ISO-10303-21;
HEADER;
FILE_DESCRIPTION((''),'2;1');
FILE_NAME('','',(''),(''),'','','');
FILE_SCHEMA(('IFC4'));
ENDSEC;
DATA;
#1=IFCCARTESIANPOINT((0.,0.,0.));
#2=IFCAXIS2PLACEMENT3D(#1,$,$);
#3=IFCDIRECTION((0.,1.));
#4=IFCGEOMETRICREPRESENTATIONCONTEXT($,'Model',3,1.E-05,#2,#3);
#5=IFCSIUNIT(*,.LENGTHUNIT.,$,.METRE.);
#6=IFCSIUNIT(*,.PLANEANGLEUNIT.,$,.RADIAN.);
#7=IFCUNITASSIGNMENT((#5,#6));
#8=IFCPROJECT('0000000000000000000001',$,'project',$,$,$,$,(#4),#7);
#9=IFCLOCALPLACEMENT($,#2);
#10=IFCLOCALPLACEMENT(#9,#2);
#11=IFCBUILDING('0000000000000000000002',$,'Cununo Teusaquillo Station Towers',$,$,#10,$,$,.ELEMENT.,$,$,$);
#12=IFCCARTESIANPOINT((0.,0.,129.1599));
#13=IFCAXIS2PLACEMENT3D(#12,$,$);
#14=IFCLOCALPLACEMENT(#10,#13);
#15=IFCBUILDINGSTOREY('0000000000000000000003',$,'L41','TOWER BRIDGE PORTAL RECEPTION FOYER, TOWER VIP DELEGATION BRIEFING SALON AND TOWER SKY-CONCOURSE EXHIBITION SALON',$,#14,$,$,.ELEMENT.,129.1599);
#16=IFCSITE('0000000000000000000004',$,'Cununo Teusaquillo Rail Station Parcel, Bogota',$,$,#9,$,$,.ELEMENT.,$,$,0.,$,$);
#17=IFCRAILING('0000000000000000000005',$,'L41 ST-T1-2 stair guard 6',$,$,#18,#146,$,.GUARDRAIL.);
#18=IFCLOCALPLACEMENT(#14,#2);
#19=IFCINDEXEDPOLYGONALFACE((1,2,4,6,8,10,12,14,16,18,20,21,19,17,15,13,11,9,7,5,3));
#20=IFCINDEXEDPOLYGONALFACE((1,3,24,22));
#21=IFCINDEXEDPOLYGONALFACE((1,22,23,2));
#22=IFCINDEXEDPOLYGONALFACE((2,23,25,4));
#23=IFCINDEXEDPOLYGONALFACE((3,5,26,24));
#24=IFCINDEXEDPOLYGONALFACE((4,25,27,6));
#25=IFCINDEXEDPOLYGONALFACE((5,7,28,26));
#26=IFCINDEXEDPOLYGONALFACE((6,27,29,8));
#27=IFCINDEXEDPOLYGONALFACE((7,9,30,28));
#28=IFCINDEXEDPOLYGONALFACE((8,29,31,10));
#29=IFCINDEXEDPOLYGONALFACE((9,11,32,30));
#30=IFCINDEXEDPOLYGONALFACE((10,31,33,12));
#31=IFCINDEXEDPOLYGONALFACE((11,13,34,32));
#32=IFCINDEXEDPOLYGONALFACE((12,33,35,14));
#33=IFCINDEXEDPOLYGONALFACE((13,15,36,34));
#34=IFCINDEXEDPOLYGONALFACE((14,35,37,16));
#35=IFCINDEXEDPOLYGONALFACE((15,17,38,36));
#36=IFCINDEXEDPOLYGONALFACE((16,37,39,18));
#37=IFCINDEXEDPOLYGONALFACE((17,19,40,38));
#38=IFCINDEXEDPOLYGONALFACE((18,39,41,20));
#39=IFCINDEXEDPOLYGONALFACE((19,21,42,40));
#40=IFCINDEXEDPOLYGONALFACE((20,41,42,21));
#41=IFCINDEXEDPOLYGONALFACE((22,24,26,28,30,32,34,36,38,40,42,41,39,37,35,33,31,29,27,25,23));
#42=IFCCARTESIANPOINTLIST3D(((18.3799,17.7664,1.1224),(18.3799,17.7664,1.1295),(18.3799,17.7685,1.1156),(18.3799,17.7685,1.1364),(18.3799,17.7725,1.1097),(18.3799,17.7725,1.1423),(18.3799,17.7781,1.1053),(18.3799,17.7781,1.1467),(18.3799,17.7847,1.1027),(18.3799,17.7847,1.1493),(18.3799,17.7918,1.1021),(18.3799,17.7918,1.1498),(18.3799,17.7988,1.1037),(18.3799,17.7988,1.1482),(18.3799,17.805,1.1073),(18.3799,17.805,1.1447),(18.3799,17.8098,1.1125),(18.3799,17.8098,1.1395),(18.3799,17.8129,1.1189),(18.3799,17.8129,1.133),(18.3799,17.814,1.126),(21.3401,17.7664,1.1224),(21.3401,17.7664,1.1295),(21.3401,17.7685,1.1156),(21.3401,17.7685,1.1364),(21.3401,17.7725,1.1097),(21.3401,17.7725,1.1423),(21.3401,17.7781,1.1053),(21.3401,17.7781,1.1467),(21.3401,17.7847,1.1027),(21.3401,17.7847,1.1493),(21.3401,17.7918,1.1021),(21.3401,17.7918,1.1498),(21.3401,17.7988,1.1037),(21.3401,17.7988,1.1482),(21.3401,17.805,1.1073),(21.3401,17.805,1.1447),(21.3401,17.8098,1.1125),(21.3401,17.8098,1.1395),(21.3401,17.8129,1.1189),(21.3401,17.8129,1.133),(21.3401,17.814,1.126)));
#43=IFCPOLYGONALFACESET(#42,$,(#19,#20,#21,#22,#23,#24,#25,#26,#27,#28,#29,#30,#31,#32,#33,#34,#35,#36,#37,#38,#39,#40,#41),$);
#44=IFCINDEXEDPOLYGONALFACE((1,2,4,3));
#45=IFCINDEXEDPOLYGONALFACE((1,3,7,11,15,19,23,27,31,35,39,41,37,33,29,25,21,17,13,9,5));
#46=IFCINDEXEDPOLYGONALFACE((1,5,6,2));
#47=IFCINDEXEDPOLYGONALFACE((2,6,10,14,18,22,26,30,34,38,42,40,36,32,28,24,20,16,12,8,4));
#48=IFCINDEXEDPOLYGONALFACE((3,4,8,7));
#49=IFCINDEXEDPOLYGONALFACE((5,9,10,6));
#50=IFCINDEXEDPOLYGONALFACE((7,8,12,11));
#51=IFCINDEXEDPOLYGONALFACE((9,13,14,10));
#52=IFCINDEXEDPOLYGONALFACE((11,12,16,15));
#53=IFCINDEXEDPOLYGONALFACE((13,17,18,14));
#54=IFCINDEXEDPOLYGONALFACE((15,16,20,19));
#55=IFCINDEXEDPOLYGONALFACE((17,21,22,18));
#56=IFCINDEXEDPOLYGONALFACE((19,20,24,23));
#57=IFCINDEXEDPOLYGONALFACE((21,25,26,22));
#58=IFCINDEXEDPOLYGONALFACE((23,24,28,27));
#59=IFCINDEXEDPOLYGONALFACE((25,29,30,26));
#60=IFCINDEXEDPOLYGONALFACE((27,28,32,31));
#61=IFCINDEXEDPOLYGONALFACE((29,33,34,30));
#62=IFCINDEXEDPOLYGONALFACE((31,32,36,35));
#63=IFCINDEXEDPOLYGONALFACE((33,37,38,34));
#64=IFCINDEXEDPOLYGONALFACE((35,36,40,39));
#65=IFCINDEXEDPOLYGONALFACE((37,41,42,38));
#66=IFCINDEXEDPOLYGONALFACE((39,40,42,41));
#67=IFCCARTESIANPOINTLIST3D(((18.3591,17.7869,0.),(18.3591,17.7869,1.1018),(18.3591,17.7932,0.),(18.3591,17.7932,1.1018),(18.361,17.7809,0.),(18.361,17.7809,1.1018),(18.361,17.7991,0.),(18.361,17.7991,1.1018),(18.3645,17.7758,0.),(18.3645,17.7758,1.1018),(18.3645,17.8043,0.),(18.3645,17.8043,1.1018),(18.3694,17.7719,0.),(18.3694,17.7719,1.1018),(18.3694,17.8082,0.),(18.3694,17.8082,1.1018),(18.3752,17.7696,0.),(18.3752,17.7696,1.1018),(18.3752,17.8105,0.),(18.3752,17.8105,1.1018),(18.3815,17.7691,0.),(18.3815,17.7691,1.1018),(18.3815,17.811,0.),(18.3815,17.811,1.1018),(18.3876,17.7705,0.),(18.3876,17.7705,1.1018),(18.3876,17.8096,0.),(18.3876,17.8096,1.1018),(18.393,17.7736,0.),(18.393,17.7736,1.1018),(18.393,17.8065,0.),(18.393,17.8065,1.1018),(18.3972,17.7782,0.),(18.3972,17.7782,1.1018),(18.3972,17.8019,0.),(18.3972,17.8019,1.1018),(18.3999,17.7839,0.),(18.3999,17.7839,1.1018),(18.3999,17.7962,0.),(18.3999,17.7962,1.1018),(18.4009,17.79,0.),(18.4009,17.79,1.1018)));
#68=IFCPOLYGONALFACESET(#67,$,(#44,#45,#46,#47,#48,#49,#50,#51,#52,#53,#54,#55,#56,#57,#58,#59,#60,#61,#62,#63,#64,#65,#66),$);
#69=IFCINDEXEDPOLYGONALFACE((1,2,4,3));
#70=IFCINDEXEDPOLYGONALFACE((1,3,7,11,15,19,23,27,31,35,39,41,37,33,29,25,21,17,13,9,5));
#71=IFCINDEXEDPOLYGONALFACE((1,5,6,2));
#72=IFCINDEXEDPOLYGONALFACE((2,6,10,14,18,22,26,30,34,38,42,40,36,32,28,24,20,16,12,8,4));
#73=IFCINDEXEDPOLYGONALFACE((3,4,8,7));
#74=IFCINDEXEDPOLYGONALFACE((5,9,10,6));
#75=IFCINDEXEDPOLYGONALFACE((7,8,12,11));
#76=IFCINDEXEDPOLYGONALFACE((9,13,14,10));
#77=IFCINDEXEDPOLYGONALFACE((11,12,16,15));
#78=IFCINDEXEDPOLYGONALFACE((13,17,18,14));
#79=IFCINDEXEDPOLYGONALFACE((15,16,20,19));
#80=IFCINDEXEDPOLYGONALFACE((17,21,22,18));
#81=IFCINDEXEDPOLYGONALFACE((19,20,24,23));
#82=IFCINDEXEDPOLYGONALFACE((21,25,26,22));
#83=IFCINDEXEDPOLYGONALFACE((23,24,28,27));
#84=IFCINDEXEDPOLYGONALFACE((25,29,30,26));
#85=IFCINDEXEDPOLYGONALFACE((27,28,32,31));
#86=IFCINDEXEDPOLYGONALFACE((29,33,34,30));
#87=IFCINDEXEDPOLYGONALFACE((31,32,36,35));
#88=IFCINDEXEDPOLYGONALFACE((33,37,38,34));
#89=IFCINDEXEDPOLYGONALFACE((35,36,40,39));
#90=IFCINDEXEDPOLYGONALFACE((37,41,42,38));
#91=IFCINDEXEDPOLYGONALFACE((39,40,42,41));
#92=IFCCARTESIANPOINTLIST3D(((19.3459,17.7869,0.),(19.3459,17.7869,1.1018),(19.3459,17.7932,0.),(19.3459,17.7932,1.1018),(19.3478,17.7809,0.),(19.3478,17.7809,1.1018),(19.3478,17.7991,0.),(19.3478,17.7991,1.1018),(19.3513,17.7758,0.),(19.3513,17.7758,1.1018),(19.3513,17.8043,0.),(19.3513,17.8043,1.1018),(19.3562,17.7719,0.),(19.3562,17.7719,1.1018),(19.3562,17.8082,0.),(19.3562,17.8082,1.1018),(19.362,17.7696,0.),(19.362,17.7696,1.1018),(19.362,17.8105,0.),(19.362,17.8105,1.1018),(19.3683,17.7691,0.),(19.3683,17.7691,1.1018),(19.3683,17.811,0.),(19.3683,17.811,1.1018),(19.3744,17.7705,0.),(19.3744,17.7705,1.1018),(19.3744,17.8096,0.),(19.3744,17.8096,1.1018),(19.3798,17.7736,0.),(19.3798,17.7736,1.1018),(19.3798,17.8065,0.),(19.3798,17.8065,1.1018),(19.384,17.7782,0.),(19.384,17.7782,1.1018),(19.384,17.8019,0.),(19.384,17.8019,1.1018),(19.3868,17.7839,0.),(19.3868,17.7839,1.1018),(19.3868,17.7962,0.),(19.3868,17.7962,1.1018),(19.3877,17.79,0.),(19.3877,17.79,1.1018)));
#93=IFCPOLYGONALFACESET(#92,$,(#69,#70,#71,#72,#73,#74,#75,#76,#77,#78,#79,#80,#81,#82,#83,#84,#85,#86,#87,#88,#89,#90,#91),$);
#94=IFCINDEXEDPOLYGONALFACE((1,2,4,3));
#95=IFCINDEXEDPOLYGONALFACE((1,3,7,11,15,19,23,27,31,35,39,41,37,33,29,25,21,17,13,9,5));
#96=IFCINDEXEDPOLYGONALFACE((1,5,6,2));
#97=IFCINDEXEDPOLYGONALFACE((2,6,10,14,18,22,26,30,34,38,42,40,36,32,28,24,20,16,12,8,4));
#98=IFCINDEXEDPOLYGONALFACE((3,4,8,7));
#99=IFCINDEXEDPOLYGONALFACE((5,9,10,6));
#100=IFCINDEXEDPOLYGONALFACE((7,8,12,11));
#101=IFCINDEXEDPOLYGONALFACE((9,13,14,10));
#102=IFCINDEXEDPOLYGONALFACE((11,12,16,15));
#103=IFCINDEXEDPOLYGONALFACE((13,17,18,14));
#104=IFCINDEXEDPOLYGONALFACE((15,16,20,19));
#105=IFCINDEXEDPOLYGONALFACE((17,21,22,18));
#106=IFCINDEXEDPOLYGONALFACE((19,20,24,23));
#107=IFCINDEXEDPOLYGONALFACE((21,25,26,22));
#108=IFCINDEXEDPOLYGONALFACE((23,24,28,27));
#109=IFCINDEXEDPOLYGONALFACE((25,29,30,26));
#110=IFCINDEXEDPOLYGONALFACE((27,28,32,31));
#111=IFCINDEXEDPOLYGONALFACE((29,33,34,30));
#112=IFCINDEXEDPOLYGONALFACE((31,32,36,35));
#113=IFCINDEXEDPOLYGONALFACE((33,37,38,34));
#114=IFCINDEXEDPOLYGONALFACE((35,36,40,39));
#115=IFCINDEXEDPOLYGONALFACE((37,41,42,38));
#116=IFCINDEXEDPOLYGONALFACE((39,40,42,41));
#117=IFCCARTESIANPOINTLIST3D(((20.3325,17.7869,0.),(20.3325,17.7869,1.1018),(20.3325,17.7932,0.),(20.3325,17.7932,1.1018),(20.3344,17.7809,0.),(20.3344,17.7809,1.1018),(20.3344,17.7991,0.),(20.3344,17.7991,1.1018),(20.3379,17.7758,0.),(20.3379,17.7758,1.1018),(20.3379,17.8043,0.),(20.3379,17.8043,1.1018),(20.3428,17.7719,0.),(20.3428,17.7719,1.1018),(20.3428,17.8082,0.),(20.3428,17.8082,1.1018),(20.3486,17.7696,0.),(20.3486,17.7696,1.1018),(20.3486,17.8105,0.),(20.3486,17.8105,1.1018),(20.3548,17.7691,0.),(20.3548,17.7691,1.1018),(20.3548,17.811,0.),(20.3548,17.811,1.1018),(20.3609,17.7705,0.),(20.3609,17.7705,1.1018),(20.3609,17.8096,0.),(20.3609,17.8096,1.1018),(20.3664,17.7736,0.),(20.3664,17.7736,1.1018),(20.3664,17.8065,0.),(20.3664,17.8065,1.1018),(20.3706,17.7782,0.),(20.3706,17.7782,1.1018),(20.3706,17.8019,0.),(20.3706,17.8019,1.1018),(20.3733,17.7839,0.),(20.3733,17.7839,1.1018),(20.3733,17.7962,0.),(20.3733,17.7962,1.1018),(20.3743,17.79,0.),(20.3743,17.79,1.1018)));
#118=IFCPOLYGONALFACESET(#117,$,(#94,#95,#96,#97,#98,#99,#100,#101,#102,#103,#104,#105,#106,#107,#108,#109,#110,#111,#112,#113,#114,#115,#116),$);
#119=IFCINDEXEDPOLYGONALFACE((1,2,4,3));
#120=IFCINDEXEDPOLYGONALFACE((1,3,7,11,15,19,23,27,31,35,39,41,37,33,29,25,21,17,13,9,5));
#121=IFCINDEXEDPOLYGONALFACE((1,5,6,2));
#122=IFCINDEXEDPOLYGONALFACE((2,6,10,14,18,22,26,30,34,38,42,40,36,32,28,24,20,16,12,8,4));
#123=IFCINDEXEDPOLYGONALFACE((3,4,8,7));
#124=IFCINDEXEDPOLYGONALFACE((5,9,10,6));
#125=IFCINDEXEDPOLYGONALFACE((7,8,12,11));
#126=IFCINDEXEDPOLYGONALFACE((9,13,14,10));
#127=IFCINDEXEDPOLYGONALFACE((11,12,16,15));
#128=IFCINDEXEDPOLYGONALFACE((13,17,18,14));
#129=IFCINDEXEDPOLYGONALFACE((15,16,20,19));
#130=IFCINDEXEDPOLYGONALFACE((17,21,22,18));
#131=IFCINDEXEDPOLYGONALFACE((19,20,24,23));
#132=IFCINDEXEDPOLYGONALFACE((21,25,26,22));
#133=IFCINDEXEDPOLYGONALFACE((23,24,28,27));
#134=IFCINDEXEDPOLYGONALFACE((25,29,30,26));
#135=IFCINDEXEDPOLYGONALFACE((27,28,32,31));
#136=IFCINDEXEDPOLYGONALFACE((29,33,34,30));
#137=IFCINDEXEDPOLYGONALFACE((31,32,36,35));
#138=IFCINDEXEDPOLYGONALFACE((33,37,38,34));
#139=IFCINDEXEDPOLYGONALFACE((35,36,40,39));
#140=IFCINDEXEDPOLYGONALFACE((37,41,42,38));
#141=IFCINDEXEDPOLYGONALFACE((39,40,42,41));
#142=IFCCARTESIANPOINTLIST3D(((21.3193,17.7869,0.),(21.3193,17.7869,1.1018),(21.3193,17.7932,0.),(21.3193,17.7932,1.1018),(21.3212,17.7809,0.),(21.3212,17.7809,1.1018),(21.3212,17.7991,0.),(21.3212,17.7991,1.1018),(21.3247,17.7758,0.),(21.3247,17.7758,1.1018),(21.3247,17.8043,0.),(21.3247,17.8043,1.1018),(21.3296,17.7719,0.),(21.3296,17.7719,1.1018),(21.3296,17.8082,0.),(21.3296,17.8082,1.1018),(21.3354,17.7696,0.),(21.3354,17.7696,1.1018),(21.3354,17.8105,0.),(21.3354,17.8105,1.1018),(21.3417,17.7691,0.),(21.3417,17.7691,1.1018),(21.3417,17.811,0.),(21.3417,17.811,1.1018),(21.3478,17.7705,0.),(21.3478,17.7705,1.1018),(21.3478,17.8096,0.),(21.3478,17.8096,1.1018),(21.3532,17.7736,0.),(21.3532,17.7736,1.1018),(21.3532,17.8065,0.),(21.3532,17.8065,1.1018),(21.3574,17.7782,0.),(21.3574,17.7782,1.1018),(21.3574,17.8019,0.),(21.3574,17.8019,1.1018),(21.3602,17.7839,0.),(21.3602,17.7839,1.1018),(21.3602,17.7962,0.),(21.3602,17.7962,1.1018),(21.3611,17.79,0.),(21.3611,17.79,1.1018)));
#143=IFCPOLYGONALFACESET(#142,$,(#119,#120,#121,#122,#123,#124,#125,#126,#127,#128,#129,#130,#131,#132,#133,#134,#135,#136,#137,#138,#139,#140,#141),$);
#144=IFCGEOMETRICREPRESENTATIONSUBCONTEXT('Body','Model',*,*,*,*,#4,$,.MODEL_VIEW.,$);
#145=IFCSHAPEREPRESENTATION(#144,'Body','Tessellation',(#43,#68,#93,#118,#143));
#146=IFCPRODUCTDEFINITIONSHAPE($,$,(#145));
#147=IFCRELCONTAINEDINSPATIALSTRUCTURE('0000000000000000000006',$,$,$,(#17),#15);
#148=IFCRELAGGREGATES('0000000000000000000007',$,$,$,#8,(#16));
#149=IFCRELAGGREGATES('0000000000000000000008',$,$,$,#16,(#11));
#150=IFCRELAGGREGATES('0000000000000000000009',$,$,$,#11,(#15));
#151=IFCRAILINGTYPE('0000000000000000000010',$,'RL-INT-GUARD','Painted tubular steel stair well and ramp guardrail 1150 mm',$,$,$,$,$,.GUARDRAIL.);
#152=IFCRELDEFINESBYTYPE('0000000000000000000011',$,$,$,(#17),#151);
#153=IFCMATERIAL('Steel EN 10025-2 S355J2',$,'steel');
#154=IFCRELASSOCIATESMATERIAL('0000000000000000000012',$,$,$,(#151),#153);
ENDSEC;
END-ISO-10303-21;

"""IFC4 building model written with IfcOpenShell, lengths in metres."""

from ifc_helpers import new_model, si_unit, direction, frame, origin, origin_2d, place, context, subcontext, project, spatial, circle, extrude, material, type_object, element, save


model = new_model("IFC4")

# Units and contexts
model_context = context("Model", 3, precision=1e-05, world=origin(), true_north=direction((0.0, 1.0)))
body_context = subcontext(model_context, "Body", "Model", "MODEL_VIEW")
ifc_project = project(units=[si_unit("LENGTHUNIT", "METRE"), si_unit("PLANEANGLEUNIT", "RADIAN")], contexts=[model_context])

# Site, building, storey
site_placement = place(None, origin())
site = spatial("IfcSite", under=ifc_project, at=site_placement, Name="Cununo Teusaquillo Rail Station Parcel, Bogota", CompositionType="ELEMENT", RefElevation=0.0)
building_placement = place(site_placement, origin())
building = spatial("IfcBuilding", under=site, at=building_placement, Name="Cununo Teusaquillo Station Towers", CompositionType="ELEMENT")
storey_placement = place(building_placement, frame((0.0, 0.0, 129.1599)))
storey = spatial("IfcBuildingStorey", under=building, at=storey_placement, Name="L41", Description="TOWER BRIDGE PORTAL RECEPTION FOYER, TOWER VIP DELEGATION BRIEFING SALON AND TOWER SKY-CONCOURSE EXHIBITION SALON", CompositionType="ELEMENT", Elevation=129.1599)

# Railing
ifc_material_1 = material(Name="Steel EN 10025-2 S355J2", Category="steel")
railing_type_1 = type_object("IfcRailingType", Name="RL-INT-GUARD", Description="Painted tubular steel stair well and ramp guardrail 1150 mm", PredefinedType="GUARDRAIL", material=ifc_material_1)
railing_1_placement = place(storey_placement, frame((18.3799, 17.79, 0.0)))
element("IfcRailing", 1, at=railing_1_placement, inside=storey, type_object=railing_type_1, Name="L41 ST-T1-2 stair guard 6", PredefinedType="GUARDRAIL", context=body_context, shape_type="SweptSolid", body=[
    extrude(circle(Radius=0.0239, at=origin_2d()), frame((0.0, 0.0, 1.126), z_axis=(1.0, 0.0, 0.0), x_axis=(0.0, 1.0, 0.0)), (0.0, 0.0, 1.0), 2.9602),
    extrude(circle(Radius=0.021, at=origin_2d()), origin(), (0.0, 0.0, 1.0), 1.1018),
    extrude(circle(Radius=0.021, at=origin_2d()), frame((0.9868, 0.0, 0.0)), (0.0, 0.0, 1.0), 1.1018),
    extrude(circle(Radius=0.021, at=origin_2d()), frame((1.9734, 0.0, 0.0)), (0.0, 0.0, 1.0), 1.1018),
    extrude(circle(Radius=0.021, at=origin_2d()), frame((2.9602, 0.0, 0.0)), (0.0, 0.0, 1.0), 1.1018),
])

save(model, "model.ifc")
